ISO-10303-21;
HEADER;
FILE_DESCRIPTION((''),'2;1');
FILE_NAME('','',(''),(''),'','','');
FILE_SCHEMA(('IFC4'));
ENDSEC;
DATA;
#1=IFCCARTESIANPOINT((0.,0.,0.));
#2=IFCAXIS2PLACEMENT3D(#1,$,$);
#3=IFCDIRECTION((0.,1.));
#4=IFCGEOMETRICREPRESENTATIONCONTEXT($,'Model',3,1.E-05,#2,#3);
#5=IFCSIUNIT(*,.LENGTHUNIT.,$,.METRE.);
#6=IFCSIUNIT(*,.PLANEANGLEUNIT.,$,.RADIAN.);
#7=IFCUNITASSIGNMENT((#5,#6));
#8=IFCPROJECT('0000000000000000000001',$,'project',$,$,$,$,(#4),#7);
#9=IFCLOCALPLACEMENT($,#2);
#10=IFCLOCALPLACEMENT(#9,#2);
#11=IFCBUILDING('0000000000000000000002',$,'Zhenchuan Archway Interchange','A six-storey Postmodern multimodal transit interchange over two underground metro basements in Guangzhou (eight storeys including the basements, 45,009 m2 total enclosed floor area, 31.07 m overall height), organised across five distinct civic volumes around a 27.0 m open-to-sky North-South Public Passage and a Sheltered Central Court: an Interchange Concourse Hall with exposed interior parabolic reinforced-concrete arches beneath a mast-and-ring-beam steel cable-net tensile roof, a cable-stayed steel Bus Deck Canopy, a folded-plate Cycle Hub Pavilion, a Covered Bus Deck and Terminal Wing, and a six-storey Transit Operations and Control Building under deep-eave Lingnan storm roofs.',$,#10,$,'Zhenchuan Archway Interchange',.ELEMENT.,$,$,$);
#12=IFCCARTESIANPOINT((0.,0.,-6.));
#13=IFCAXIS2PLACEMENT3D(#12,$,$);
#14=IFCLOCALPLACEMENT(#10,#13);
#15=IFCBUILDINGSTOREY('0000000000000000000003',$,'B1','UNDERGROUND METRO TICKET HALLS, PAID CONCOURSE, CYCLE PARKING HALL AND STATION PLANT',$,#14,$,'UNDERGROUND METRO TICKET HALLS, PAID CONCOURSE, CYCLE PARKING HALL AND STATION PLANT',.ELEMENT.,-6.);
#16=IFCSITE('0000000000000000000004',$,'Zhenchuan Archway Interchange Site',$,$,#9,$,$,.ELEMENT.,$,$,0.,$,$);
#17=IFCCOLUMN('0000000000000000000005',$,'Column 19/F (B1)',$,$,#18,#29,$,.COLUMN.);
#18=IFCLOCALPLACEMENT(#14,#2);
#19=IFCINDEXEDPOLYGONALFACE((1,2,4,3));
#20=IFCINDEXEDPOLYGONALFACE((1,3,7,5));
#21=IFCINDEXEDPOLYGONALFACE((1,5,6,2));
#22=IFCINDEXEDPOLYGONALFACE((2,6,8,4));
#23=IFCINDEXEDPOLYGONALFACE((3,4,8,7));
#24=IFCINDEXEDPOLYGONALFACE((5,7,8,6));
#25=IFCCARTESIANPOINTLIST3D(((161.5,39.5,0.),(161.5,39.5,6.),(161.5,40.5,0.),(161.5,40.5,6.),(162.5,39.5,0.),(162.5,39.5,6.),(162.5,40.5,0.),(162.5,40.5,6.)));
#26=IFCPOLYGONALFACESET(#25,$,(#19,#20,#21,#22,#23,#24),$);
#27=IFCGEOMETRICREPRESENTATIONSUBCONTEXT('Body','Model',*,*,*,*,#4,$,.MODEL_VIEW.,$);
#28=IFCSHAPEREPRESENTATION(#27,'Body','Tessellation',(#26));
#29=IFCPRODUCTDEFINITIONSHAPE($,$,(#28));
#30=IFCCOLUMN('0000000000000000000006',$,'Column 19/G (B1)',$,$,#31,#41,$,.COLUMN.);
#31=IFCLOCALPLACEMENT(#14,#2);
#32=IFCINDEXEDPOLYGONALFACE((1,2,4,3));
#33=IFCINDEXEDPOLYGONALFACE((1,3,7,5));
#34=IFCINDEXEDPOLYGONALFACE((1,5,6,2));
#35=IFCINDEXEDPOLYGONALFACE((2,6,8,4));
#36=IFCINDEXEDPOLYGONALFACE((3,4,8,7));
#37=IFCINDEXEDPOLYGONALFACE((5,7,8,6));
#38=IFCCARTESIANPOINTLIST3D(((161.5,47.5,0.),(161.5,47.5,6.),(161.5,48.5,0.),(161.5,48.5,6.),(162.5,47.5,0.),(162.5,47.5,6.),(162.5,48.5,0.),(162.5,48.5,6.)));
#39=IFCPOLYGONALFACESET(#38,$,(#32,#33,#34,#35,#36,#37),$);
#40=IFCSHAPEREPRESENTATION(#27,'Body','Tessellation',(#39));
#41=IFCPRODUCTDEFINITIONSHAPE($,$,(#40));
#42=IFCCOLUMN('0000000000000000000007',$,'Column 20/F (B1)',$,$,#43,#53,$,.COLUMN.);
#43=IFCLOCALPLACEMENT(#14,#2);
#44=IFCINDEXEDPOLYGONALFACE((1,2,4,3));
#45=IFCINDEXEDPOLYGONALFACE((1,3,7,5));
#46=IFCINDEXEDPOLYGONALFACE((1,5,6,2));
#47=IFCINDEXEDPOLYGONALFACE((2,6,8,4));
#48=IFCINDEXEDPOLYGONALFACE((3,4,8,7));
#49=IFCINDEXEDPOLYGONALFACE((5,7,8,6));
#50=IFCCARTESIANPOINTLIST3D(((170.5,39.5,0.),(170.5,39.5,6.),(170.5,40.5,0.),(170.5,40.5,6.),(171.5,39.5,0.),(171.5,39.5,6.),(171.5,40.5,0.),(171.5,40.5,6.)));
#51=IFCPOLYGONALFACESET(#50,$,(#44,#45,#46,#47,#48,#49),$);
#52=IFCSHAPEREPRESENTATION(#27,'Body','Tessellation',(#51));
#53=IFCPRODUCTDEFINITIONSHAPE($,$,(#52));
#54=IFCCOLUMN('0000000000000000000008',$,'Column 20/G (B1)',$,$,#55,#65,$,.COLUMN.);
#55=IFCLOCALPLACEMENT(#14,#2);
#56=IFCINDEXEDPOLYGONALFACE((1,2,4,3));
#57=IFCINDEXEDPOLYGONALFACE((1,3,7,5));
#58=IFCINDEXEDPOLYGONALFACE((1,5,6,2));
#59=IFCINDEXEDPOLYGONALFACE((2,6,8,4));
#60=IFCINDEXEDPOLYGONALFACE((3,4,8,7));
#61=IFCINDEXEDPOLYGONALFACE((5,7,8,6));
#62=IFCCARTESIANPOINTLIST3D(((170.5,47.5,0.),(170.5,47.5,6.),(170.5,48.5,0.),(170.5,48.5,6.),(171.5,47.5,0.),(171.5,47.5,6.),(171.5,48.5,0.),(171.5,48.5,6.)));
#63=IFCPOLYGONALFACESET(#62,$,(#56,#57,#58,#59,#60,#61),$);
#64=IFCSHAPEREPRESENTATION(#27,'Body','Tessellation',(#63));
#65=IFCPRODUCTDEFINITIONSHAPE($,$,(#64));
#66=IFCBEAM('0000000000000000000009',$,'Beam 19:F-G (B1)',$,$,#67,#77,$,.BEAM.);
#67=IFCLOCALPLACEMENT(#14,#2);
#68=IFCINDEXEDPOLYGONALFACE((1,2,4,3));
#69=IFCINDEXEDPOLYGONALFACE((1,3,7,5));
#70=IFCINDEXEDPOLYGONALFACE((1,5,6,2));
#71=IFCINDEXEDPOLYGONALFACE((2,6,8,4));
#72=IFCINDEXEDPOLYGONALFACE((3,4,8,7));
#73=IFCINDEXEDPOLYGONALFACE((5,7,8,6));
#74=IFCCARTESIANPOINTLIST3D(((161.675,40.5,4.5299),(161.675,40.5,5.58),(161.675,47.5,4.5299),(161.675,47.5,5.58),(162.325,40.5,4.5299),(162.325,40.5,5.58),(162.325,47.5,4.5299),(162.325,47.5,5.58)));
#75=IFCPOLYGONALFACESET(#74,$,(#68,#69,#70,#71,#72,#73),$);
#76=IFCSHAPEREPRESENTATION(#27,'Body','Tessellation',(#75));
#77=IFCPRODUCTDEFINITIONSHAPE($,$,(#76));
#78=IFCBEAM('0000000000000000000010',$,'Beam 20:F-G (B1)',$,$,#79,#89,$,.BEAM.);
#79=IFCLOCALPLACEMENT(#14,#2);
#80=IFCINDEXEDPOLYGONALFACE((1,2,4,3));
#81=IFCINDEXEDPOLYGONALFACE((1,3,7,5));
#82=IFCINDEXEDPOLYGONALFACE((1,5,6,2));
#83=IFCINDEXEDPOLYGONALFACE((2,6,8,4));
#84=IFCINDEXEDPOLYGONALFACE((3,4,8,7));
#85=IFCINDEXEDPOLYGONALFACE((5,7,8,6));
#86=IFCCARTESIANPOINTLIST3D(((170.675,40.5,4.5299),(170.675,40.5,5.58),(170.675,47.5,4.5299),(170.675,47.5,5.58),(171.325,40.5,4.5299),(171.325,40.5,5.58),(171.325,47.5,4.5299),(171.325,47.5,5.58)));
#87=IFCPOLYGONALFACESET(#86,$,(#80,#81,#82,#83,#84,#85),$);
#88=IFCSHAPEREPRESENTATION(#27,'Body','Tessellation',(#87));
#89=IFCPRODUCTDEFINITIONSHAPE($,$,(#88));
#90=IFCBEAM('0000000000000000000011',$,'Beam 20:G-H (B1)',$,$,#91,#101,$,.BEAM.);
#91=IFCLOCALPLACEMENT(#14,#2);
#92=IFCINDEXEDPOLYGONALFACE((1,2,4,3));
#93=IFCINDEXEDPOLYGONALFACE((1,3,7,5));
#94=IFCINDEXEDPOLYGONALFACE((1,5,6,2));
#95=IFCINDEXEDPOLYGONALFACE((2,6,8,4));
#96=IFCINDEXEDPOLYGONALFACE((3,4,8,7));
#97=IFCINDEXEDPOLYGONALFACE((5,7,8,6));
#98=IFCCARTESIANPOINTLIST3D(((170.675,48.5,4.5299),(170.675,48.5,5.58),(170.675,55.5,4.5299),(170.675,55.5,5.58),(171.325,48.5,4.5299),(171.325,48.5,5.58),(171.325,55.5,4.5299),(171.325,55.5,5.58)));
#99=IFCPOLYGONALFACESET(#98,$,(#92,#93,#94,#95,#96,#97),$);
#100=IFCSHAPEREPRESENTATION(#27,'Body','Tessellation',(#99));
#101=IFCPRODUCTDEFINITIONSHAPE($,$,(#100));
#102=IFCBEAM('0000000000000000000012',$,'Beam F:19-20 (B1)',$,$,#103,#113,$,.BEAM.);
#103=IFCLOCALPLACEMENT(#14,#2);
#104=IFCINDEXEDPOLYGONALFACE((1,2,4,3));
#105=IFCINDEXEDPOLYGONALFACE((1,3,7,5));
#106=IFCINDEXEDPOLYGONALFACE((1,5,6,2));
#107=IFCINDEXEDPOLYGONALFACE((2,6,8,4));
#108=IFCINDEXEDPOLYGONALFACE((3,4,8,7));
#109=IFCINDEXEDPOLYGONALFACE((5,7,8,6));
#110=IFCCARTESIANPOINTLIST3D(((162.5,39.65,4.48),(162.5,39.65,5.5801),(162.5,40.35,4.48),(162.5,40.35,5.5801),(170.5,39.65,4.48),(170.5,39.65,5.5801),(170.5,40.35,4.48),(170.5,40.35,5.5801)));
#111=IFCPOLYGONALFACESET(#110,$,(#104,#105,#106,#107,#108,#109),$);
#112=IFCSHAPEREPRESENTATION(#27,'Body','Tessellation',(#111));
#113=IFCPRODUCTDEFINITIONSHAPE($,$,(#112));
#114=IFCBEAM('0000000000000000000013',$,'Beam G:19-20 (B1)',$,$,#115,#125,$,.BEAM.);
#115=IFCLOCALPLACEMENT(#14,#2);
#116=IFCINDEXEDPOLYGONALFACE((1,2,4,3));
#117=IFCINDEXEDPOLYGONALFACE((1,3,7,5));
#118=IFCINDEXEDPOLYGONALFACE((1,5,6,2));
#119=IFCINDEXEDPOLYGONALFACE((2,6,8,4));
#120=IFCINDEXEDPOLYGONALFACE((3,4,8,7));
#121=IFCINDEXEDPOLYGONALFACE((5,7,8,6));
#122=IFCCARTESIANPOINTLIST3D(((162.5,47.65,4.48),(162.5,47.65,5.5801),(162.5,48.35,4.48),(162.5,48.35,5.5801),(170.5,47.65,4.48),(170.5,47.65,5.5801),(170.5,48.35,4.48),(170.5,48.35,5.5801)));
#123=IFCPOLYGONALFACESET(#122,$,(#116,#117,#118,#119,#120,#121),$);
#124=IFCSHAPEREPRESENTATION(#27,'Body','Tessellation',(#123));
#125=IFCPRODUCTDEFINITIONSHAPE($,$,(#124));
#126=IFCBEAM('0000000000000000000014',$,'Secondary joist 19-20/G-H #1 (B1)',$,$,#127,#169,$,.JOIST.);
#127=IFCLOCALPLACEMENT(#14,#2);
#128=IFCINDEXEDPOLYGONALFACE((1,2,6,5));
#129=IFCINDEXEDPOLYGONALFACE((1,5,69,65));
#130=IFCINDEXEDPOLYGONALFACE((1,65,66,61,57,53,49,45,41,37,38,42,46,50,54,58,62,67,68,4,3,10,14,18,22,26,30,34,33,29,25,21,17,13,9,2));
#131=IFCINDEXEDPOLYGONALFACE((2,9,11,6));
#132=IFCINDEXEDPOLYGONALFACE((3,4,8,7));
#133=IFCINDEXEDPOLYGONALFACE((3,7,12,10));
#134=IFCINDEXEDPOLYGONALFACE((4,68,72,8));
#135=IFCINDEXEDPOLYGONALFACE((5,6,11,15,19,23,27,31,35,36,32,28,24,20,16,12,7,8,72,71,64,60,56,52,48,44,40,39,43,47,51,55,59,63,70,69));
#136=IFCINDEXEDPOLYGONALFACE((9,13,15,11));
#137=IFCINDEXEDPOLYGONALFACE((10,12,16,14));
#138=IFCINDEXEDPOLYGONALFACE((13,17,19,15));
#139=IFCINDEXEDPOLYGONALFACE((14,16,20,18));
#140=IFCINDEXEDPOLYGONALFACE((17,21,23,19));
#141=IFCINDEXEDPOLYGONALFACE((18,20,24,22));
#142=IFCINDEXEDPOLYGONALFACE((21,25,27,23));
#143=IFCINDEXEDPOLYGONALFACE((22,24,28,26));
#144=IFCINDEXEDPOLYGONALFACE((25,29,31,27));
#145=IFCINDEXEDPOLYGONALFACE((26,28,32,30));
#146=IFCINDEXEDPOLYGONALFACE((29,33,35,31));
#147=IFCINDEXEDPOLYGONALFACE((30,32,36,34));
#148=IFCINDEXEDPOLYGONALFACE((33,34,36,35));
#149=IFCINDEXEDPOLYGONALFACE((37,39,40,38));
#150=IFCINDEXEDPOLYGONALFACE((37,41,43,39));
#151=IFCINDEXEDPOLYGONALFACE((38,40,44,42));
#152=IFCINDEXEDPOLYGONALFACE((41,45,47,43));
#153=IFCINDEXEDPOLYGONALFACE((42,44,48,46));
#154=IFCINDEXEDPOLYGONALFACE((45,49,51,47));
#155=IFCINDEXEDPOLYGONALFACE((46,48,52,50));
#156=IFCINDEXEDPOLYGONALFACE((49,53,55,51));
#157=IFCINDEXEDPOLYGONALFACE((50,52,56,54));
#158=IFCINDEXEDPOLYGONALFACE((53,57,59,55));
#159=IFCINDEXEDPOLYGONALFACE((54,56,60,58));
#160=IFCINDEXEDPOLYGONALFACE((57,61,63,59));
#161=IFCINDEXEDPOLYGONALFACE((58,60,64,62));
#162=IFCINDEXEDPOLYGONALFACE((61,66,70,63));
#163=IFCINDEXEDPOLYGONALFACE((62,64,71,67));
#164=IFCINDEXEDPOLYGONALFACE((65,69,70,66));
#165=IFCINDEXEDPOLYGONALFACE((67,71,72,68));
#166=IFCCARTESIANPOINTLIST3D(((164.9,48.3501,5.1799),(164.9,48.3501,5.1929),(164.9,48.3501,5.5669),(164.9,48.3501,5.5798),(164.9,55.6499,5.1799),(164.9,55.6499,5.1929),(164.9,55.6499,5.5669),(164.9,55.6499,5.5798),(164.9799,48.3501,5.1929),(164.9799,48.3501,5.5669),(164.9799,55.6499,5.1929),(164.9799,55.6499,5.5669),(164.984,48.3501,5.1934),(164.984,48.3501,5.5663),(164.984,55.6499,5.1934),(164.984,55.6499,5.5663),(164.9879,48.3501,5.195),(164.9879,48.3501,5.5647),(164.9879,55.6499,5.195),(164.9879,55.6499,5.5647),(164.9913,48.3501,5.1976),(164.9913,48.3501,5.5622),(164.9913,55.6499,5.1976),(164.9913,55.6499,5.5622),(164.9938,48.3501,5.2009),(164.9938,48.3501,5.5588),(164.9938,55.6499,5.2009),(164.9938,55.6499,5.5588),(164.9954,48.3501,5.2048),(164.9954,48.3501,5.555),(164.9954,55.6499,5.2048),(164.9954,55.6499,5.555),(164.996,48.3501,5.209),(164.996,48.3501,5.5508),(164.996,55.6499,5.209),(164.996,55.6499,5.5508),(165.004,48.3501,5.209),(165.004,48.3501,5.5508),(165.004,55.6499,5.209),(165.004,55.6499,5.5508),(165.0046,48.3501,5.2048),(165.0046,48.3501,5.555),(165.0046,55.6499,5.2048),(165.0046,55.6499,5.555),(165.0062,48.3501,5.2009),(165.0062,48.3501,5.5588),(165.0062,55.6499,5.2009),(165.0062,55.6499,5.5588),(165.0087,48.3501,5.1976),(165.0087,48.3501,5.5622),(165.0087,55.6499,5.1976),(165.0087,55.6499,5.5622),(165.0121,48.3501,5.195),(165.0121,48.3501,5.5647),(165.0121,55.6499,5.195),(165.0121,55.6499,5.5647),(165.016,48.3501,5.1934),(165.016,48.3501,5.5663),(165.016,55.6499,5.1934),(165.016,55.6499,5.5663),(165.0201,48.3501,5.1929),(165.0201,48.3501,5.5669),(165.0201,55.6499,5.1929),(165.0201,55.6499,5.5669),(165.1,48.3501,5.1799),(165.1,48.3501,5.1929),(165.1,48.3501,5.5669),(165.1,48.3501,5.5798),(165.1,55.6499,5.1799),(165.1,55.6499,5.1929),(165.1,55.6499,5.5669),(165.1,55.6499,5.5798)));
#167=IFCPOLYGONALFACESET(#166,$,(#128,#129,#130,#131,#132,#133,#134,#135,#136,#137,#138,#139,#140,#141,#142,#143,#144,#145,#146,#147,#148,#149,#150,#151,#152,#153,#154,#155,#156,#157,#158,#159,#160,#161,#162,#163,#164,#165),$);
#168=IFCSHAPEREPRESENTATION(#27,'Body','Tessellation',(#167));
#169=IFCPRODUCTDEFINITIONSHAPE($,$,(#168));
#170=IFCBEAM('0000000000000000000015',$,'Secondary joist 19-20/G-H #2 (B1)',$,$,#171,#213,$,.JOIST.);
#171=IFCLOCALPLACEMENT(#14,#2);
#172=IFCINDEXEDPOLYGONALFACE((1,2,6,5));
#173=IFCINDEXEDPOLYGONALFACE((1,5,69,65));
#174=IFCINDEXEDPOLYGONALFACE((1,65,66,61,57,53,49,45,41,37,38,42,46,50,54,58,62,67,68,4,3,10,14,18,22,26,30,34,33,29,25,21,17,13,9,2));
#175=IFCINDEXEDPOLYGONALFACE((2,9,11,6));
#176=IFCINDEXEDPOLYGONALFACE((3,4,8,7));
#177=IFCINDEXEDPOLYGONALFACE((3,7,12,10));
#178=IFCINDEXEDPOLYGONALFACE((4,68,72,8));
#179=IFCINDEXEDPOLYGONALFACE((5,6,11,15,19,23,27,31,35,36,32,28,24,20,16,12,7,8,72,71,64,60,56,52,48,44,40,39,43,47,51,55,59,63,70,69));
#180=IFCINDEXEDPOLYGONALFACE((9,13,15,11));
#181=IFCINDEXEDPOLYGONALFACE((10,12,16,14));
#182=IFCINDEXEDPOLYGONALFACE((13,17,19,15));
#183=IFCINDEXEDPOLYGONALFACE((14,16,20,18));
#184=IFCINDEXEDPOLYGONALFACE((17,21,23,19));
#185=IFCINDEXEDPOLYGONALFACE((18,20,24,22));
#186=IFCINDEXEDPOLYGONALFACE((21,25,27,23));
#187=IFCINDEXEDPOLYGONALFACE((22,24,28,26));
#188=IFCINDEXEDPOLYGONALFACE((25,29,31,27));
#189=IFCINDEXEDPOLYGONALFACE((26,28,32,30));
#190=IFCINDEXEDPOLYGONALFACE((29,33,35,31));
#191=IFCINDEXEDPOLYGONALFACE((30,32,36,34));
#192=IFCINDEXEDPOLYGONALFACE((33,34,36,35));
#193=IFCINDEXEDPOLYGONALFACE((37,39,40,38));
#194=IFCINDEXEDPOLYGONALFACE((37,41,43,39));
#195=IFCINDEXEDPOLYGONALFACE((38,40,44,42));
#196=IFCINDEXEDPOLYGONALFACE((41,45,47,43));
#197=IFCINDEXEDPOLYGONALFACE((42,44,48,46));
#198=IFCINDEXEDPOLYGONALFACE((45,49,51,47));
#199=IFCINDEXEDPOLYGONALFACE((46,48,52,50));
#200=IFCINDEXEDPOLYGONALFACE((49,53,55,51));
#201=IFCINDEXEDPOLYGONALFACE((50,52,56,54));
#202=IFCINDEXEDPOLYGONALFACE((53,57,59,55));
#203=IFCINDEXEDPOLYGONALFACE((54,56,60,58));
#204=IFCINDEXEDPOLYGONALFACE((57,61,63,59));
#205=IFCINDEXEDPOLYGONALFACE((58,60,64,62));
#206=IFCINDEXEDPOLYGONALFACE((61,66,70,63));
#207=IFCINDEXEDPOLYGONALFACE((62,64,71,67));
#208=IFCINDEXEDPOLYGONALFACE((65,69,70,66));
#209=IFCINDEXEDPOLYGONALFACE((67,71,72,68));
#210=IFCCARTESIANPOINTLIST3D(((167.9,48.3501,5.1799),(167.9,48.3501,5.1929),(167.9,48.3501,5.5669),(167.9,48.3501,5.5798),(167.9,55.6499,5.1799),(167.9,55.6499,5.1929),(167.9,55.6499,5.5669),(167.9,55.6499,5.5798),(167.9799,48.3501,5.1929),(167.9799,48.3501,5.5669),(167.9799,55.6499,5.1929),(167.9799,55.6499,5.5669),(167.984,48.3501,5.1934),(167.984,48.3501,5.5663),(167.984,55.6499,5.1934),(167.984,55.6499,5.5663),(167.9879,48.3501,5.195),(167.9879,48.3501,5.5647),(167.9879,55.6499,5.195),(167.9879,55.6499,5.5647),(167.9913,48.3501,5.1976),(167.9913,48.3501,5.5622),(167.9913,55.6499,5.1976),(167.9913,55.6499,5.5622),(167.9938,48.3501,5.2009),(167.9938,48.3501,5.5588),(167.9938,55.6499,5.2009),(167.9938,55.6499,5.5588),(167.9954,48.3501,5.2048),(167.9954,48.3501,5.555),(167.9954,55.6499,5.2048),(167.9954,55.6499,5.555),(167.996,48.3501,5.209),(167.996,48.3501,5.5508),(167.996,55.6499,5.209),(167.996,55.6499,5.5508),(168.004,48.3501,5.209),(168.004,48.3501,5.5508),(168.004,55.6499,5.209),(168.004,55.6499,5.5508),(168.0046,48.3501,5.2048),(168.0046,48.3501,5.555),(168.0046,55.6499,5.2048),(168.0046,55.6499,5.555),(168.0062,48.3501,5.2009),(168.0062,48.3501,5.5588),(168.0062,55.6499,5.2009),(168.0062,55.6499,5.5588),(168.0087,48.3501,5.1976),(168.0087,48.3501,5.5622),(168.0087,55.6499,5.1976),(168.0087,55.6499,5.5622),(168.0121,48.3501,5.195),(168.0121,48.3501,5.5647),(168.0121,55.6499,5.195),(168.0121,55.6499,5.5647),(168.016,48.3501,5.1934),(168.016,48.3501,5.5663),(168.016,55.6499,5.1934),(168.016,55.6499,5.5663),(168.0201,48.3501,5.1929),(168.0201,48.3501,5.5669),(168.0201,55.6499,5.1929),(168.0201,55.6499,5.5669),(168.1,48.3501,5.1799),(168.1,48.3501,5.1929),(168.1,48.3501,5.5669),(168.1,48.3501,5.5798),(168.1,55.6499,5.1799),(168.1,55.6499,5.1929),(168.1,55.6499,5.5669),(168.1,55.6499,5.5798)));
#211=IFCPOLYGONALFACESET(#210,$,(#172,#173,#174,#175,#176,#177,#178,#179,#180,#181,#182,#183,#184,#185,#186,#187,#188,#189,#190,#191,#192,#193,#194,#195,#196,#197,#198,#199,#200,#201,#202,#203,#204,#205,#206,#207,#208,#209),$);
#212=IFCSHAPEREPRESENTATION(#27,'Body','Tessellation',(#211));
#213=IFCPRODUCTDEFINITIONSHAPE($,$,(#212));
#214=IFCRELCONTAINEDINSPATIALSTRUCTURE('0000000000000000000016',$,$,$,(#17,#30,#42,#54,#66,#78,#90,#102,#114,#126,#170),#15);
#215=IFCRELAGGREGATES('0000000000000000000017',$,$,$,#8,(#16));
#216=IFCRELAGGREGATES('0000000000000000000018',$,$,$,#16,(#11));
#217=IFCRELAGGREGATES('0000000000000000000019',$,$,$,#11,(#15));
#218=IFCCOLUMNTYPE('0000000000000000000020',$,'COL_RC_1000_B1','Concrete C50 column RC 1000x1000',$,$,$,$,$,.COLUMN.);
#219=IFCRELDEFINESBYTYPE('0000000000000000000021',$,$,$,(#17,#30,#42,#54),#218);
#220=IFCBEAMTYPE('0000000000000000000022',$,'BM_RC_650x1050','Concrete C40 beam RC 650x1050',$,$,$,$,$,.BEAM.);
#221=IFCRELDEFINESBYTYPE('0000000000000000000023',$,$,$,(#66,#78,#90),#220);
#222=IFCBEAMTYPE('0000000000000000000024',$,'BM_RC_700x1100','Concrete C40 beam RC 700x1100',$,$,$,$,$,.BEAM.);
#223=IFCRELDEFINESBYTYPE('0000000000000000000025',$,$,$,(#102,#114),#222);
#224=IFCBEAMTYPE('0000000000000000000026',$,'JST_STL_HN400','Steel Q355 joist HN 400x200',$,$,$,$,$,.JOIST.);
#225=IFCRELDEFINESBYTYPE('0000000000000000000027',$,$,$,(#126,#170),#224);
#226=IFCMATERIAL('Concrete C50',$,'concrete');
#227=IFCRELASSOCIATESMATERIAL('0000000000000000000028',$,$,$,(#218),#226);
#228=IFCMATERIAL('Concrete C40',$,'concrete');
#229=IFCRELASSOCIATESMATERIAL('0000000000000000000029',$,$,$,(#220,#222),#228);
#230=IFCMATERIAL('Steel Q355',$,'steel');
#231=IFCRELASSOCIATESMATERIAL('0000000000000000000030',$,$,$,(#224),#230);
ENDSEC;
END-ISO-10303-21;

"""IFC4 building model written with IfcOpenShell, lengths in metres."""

from ifc_helpers import new_model, si_unit, direction, frame, origin, origin_2d, place, context, subcontext, project, spatial, rectangle, i_section, extrude, material, material_profile, profile_set, type_object, element, save


model = new_model("IFC4")

# Units and contexts
model_context = context("Model", 3, precision=1e-05, world=origin(), true_north=direction((0.0, 1.0)))
body_context = subcontext(model_context, "Body", "Model", "MODEL_VIEW")
ifc_project = project(units=[si_unit("LENGTHUNIT", "METRE"), si_unit("PLANEANGLEUNIT", "RADIAN")], contexts=[model_context])

# Site, building, storey
site_placement = place(None, origin())
site = spatial("IfcSite", under=ifc_project, at=site_placement, Name="Zhenchuan Archway Interchange Site", CompositionType="ELEMENT", RefElevation=0.0)
building_placement = place(site_placement, origin())
building = spatial("IfcBuilding", under=site, at=building_placement, Name="Zhenchuan Archway Interchange", Description="A six-storey Postmodern multimodal transit interchange over two underground metro basements in Guangzhou (eight storeys including the basements, 45,009 m2 total enclosed floor area, 31.07 m overall height), organised across five distinct civic volumes around a 27.0 m open-to-sky North-South Public Passage and a Sheltered Central Court: an Interchange Concourse Hall with exposed interior parabolic reinforced-concrete arches beneath a mast-and-ring-beam steel cable-net tensile roof, a cable-stayed steel Bus Deck Canopy, a folded-plate Cycle Hub Pavilion, a Covered Bus Deck and Terminal Wing, and a six-storey Transit Operations and Control Building under deep-eave Lingnan storm roofs.", LongName="Zhenchuan Archway Interchange", CompositionType="ELEMENT")
storey_placement = place(building_placement, frame((0.0, 0.0, -6.0)))
storey = spatial("IfcBuildingStorey", under=building, at=storey_placement, Name="B1", Description="UNDERGROUND METRO TICKET HALLS, PAID CONCOURSE, CYCLE PARKING HALL AND STATION PLANT", LongName="UNDERGROUND METRO TICKET HALLS, PAID CONCOURSE, CYCLE PARKING HALL AND STATION PLANT", CompositionType="ELEMENT", Elevation=-6.0)

# Columns
ifc_material_1 = material(Name="Concrete C50", Category="concrete")
ifc_material_profile_1 = material_profile(ifc_material_1, rectangle(XDim=1.0, YDim=1.0, at=origin_2d()), Name="RC 1000x1000")
ifc_profile_set_1 = profile_set([ifc_material_profile_1], Name="Concrete C50")
column_type = type_object("IfcColumnType", Name="COL_RC_1000_B1", Description="Concrete C50 column RC 1000x1000", PredefinedType="COLUMN", material=ifc_profile_set_1)
for number, where, z_axis, x_axis, name in (
    (1, (162.0, 40.0, 0.0), (0.0, 0.0, 1.0), (1.0, 0.0, 0.0), "Column 19/F (B1)"),
    (2, (162.0, 48.0, 0.0), (0.0, 0.0, 1.0), (1.0, 0.0, 0.0), "Column 19/G (B1)"),
    (3, (171.0, 40.0, 0.0), (0.0, 0.0, 1.0), (1.0, 0.0, 0.0), "Column 20/F (B1)"),
    (4, (171.0, 48.0, 0.0), (0.0, 0.0, 1.0), (1.0, 0.0, 0.0), "Column 20/G (B1)"),
):
    element("IfcColumn", number, at=place(storey_placement, frame(where, z_axis=z_axis, x_axis=x_axis)), inside=storey, type_object=column_type, Name=name, PredefinedType="COLUMN", context=body_context, shape_type="SweptSolid", body=[
        extrude(rectangle(XDim=1.0, YDim=1.0, at=origin_2d()), origin(), (0.0, 0.0, 1.0), 6.0),
    ])

# Beams
ifc_material_2 = material(Name="Concrete C40", Category="concrete")
ifc_material_profile_2 = material_profile(ifc_material_2, rectangle(XDim=0.6499, YDim=1.05, at=origin_2d()), Name="RC 650x1050")
ifc_profile_set_2 = profile_set([ifc_material_profile_2], Name="Concrete C40")
beam_type_1 = type_object("IfcBeamType", Name="BM_RC_650x1050", Description="Concrete C40 beam RC 650x1050", PredefinedType="BEAM", material=ifc_profile_set_2)
for number, where, z_axis, x_axis, name in (
    (5, (162.0, 40.5, 5.0549), (0.0, 1.0, 0.0), (-1.0, 0.0, 0.0), "Beam 19:F-G (B1)"),
    (6, (171.0, 40.5, 5.0549), (0.0, 1.0, 0.0), (-1.0, 0.0, 0.0), "Beam 20:F-G (B1)"),
    (7, (171.0, 48.5, 5.0549), (0.0, 1.0, 0.0), (-1.0, 0.0, 0.0), "Beam 20:G-H (B1)"),
):
    element("IfcBeam", number, at=place(storey_placement, frame(where, z_axis=z_axis, x_axis=x_axis)), inside=storey, type_object=beam_type_1, Name=name, PredefinedType="BEAM", context=body_context, shape_type="SweptSolid", body=[
        extrude(rectangle(XDim=0.6499, YDim=1.05, at=origin_2d()), origin(), (0.0, 0.0, 1.0), 7.0),
    ])
ifc_material_profile_3 = material_profile(ifc_material_2, rectangle(XDim=0.7, YDim=1.1001, at=origin_2d()), Name="RC 700x1100")
ifc_profile_set_3 = profile_set([ifc_material_profile_3], Name="Concrete C40")
beam_type_2 = type_object("IfcBeamType", Name="BM_RC_700x1100", Description="Concrete C40 beam RC 700x1100", PredefinedType="BEAM", material=ifc_profile_set_3)
for number, where, z_axis, x_axis, name in (
    (8, (162.5, 40.0, 5.03), (1.0, 0.0, 0.0), (0.0, 1.0, 0.0), "Beam F:19-20 (B1)"),
    (9, (162.5, 48.0, 5.03), (1.0, 0.0, 0.0), (0.0, 1.0, 0.0), "Beam G:19-20 (B1)"),
):
    element("IfcBeam", number, at=place(storey_placement, frame(where, z_axis=z_axis, x_axis=x_axis)), inside=storey, type_object=beam_type_2, Name=name, PredefinedType="BEAM", context=body_context, shape_type="SweptSolid", body=[
        extrude(rectangle(XDim=0.7, YDim=1.1001, at=origin_2d()), origin(), (0.0, 0.0, 1.0), 8.0),
    ])
ifc_material_3 = material(Name="Steel Q355", Category="steel")
ifc_material_profile_4 = material_profile(ifc_material_3, i_section(OverallWidth=0.2, OverallDepth=0.3999, WebThickness=0.0081, FlangeThickness=0.0129, FilletRadius=0.0161, at=origin_2d()), Name="HN 400x200")
ifc_profile_set_4 = profile_set([ifc_material_profile_4], Name="Steel Q355")
beam_type_3 = type_object("IfcBeamType", Name="JST_STL_HN400", Description="Steel Q355 joist HN 400x200", PredefinedType="JOIST", material=ifc_profile_set_4)
for number, where, z_axis, x_axis, name in (
    (10, (165.0, 48.3501, 5.3799), (0.0, 1.0, 0.0), (-1.0, 0.0, 0.0), "Secondary joist 19-20/G-H #1 (B1)"),
    (11, (168.0, 48.3501, 5.3799), (0.0, 1.0, 0.0), (-1.0, 0.0, 0.0), "Secondary joist 19-20/G-H #2 (B1)"),
):
    element("IfcBeam", number, at=place(storey_placement, frame(where, z_axis=z_axis, x_axis=x_axis)), inside=storey, type_object=beam_type_3, Name=name, PredefinedType="JOIST", context=body_context, shape_type="SweptSolid", body=[
        extrude(i_section(OverallWidth=0.2, OverallDepth=0.3999, WebThickness=0.0081, FlangeThickness=0.0129, FilletRadius=0.0161, at=origin_2d()), origin(), (0.0, 0.0, 1.0), 7.2998),
    ])

save(model, "model.ifc")
